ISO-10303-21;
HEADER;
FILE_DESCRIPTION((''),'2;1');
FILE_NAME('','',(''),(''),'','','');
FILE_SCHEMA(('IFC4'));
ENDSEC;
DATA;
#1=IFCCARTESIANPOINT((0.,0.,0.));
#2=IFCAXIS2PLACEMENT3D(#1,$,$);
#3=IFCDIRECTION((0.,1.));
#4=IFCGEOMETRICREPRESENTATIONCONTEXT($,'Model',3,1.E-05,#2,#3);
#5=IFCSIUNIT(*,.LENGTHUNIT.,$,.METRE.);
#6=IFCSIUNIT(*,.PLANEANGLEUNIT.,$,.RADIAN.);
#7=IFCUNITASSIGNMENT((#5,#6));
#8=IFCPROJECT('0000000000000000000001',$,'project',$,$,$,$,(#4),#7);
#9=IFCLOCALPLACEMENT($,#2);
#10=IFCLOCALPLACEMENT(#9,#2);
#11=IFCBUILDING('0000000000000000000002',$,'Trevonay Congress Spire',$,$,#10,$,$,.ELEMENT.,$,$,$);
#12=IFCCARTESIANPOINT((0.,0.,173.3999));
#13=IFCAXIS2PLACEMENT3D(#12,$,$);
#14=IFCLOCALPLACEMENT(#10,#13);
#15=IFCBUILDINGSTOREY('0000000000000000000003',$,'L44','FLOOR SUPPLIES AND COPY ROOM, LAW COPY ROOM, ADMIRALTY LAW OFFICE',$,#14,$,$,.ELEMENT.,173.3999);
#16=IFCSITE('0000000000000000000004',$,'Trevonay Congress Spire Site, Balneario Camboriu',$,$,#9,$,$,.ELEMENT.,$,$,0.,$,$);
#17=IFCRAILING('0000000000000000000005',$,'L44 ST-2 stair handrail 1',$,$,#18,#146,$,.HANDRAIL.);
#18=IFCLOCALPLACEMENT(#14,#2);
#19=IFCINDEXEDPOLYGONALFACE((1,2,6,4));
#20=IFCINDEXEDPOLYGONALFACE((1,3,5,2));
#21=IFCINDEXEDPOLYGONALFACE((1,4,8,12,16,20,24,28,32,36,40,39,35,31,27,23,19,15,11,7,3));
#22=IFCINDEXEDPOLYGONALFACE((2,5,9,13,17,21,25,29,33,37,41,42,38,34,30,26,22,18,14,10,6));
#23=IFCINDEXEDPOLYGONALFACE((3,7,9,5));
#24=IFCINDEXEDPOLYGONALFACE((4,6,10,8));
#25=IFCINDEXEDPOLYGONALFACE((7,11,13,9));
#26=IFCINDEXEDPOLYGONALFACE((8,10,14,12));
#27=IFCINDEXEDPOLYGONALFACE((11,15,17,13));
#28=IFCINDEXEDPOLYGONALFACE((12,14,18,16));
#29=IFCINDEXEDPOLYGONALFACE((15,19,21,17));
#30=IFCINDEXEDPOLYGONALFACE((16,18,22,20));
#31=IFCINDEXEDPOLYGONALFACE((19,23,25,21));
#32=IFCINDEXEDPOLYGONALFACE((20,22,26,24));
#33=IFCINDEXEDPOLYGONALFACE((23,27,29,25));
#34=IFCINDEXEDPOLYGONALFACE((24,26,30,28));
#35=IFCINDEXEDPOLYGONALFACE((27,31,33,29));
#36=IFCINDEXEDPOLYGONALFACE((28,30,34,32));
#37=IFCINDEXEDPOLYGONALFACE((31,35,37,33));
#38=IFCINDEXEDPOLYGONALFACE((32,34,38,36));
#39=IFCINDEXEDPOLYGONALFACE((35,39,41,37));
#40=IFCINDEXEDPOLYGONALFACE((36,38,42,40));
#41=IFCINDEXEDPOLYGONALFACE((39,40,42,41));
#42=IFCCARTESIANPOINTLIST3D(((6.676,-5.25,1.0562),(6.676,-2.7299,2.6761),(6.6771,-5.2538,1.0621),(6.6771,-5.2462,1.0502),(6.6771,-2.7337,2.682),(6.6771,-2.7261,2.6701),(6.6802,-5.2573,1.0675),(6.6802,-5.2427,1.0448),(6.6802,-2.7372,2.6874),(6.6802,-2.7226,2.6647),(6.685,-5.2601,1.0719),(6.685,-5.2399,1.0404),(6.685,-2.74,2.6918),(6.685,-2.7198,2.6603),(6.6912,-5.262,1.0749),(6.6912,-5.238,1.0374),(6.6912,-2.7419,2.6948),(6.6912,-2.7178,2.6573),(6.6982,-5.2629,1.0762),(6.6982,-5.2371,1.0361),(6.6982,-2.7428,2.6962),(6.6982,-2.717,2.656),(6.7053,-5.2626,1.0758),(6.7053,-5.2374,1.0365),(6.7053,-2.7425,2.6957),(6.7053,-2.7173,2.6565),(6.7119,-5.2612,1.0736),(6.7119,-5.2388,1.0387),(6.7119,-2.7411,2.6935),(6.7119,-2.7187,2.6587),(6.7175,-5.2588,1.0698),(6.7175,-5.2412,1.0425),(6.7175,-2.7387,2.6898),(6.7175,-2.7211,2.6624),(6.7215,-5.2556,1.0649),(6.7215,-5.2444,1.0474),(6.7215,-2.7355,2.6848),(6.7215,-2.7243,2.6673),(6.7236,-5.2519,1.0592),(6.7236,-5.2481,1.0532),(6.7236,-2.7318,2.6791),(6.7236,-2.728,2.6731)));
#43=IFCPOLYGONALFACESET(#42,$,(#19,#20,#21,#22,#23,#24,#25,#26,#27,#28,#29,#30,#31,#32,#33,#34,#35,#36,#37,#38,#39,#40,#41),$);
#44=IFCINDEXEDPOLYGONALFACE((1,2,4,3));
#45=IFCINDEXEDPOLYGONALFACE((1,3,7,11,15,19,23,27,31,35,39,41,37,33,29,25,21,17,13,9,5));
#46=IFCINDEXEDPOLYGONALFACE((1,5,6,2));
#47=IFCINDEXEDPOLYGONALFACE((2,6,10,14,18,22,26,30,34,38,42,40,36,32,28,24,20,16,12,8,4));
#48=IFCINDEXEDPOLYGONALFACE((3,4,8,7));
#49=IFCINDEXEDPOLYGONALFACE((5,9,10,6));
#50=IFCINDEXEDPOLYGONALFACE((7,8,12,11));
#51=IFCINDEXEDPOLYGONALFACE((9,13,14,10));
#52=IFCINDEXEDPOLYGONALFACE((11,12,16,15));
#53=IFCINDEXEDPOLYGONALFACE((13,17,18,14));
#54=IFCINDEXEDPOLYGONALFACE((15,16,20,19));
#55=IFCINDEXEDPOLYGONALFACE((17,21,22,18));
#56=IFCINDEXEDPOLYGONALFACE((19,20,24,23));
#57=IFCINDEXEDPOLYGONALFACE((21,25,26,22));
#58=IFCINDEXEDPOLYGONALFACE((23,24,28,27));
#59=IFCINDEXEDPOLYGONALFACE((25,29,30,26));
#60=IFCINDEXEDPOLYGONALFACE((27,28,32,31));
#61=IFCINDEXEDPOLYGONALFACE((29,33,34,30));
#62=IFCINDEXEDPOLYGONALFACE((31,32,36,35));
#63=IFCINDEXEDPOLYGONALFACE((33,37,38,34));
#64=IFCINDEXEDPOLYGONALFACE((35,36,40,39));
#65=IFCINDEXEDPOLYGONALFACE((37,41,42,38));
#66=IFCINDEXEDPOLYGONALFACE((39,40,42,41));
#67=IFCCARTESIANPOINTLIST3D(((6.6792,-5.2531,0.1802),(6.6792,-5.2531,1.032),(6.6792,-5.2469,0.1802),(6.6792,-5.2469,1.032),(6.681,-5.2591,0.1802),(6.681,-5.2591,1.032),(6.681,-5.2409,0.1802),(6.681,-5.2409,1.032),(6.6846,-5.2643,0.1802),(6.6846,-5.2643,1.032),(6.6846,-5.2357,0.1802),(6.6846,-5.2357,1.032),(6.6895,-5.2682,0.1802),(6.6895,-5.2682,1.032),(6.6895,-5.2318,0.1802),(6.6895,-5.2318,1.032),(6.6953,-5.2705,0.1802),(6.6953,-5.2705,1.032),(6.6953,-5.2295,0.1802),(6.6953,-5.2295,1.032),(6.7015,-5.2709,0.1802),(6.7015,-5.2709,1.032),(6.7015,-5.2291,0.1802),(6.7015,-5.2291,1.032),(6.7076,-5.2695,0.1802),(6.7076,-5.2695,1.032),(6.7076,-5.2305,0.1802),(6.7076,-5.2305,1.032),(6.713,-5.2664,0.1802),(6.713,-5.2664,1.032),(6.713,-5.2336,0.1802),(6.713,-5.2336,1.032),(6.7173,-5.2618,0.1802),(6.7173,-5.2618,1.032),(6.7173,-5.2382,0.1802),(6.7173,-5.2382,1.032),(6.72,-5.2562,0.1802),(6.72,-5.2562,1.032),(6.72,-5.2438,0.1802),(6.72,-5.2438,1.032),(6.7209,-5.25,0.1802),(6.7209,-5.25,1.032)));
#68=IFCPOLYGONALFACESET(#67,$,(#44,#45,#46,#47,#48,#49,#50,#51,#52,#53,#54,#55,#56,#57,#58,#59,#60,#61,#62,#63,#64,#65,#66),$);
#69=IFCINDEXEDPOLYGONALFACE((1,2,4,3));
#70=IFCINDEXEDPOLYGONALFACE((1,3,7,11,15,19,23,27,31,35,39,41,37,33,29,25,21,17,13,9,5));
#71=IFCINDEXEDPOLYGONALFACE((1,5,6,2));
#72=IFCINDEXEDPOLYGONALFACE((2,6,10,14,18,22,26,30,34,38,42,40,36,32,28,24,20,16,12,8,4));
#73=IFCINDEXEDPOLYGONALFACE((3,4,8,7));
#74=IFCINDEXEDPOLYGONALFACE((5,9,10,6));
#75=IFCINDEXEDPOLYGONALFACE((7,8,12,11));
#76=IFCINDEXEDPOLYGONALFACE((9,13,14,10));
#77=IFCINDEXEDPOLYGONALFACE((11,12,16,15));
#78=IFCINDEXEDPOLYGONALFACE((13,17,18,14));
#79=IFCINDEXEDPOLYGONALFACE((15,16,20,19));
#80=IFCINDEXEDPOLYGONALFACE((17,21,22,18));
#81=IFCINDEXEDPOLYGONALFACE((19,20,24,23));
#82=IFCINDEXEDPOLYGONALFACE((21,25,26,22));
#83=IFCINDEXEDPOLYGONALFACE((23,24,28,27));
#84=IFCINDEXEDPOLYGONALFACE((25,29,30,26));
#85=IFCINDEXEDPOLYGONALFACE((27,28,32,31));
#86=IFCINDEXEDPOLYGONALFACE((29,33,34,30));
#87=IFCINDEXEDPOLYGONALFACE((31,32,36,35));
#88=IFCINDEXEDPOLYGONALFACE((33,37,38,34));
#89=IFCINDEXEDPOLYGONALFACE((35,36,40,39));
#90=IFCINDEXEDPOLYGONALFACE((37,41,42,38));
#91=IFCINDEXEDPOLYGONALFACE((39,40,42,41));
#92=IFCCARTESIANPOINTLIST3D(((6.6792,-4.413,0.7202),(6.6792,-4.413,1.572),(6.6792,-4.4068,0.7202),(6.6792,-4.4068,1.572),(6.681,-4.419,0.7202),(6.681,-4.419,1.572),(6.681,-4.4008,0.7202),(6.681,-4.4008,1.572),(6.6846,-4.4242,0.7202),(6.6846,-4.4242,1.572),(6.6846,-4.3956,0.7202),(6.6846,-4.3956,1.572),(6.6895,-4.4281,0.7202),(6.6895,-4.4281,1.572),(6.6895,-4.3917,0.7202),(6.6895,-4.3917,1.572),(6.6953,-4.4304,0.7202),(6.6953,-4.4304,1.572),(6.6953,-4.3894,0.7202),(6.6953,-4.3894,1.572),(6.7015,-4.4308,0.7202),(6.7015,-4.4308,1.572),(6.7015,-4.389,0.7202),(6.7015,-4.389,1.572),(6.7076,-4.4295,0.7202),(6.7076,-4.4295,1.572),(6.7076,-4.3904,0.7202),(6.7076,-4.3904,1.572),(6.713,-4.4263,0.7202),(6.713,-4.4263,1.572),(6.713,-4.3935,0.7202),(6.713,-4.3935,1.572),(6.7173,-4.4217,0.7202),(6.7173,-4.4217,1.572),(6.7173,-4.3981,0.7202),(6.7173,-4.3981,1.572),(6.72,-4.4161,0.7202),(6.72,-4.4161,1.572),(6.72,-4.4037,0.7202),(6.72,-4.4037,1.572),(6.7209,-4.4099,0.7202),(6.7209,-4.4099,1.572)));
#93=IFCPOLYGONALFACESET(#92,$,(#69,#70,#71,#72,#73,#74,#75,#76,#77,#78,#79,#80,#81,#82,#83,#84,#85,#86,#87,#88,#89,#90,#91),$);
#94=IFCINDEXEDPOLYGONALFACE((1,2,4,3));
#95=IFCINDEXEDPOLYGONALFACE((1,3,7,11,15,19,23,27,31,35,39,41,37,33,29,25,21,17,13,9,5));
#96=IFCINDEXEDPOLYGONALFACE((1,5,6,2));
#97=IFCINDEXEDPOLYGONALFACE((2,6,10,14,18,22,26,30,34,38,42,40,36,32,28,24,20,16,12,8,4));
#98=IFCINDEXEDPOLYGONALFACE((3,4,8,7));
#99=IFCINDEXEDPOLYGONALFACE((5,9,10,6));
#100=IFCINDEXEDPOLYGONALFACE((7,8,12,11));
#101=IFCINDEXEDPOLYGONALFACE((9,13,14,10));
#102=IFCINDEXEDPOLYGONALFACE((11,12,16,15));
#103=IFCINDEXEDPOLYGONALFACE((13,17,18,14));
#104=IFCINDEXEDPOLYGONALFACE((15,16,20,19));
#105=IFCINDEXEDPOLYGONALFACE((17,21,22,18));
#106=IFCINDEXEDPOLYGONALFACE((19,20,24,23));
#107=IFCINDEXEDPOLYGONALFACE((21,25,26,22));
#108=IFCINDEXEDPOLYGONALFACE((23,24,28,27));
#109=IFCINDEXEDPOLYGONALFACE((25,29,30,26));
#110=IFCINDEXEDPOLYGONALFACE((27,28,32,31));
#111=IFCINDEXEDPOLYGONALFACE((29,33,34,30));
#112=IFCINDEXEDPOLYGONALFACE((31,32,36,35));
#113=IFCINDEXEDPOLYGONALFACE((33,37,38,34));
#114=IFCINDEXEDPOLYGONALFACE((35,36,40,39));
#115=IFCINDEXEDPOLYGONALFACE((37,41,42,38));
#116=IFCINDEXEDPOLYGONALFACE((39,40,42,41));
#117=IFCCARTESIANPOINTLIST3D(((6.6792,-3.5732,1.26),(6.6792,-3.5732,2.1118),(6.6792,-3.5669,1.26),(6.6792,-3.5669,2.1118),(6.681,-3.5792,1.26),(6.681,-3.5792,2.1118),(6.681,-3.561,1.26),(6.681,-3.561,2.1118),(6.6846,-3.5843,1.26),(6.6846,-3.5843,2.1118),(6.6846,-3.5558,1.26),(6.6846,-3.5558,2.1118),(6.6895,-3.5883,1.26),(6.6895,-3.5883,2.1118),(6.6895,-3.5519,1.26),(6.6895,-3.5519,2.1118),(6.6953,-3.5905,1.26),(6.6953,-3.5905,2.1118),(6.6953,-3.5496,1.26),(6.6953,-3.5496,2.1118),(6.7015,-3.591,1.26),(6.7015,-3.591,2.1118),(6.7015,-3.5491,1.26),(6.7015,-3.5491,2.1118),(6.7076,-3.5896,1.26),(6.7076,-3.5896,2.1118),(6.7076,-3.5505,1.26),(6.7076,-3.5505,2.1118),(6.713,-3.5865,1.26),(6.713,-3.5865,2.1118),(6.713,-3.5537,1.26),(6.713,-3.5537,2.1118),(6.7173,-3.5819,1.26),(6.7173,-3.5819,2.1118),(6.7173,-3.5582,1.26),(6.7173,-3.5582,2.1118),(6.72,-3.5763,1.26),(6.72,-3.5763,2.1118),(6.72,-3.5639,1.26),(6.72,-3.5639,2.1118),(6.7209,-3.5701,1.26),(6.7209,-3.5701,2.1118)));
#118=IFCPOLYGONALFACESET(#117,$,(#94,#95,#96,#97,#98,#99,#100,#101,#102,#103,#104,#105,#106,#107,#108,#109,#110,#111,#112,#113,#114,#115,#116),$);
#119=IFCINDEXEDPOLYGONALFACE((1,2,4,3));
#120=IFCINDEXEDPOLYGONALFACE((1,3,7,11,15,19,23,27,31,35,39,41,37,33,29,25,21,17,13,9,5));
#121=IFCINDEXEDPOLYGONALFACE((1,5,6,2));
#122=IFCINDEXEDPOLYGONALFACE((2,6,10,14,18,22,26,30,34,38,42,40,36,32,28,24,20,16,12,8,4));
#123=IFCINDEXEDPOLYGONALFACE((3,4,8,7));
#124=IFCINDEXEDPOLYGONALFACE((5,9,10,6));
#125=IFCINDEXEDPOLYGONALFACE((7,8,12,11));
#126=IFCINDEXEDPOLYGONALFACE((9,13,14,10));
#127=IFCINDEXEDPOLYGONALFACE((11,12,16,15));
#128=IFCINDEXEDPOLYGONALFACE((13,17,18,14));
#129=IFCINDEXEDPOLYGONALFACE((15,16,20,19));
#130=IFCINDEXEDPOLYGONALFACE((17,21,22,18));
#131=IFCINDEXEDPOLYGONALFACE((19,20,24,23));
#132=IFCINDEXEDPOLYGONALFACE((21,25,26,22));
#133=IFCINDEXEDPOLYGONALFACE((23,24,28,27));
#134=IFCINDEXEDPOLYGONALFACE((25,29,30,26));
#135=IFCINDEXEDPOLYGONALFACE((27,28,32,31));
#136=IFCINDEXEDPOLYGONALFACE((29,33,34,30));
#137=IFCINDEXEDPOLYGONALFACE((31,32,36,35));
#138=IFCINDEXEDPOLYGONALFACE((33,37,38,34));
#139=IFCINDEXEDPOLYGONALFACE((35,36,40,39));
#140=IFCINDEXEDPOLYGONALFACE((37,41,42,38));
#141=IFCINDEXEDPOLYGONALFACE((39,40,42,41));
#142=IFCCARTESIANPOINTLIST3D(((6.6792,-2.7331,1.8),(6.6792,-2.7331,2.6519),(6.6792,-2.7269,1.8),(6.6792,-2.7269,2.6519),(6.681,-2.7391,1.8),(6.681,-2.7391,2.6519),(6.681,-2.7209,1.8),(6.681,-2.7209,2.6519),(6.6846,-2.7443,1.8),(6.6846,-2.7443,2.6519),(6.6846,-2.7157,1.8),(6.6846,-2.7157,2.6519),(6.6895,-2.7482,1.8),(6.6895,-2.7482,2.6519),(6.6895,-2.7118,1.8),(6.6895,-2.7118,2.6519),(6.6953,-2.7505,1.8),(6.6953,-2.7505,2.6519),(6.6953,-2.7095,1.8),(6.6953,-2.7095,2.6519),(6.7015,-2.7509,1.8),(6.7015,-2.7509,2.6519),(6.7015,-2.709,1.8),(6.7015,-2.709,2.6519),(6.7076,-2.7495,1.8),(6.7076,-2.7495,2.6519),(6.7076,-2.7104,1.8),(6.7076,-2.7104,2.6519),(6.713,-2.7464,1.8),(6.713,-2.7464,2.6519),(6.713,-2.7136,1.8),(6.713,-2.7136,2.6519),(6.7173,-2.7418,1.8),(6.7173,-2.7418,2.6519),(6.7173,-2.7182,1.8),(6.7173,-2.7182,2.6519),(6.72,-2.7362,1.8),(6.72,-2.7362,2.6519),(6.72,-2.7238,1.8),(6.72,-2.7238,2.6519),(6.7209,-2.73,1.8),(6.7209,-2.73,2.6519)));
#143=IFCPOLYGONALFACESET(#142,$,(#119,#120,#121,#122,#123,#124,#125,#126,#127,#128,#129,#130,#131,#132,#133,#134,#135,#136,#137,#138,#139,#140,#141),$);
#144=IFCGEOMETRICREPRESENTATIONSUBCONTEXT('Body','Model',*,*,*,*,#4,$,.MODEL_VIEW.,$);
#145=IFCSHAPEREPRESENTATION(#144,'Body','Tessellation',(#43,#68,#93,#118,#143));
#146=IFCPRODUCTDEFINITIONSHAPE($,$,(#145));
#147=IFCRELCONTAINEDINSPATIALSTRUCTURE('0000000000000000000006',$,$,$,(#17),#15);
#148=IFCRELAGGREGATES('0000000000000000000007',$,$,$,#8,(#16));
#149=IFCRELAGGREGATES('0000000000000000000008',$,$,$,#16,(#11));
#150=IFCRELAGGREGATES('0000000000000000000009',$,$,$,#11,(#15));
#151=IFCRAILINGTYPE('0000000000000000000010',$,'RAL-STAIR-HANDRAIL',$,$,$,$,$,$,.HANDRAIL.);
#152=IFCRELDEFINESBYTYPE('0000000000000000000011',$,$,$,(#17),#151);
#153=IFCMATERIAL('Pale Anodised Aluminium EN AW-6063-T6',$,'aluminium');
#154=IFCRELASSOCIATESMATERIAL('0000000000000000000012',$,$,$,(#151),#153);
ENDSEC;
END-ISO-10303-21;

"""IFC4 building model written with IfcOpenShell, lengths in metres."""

from ifc_helpers import new_model, si_unit, direction, frame, origin, origin_2d, place, context, subcontext, project, spatial, circle, extrude, material, type_object, element, save


model = new_model("IFC4")

# Units and contexts
model_context = context("Model", 3, precision=1e-05, world=origin(), true_north=direction((0.0, 1.0)))
body_context = subcontext(model_context, "Body", "Model", "MODEL_VIEW")
ifc_project = project(units=[si_unit("LENGTHUNIT", "METRE"), si_unit("PLANEANGLEUNIT", "RADIAN")], contexts=[model_context])

# Site, building, storey
site_placement = place(None, origin())
site = spatial("IfcSite", under=ifc_project, at=site_placement, Name="Trevonay Congress Spire Site, Balneario Camboriu", CompositionType="ELEMENT", RefElevation=0.0)
building_placement = place(site_placement, origin())
building = spatial("IfcBuilding", under=site, at=building_placement, Name="Trevonay Congress Spire", CompositionType="ELEMENT")
storey_placement = place(building_placement, frame((0.0, 0.0, 173.3999)))
storey = spatial("IfcBuildingStorey", under=building, at=storey_placement, Name="L44", Description="FLOOR SUPPLIES AND COPY ROOM, LAW COPY ROOM, ADMIRALTY LAW OFFICE", CompositionType="ELEMENT", Elevation=173.3999)

# Railing
ifc_material_1 = material(Name="Pale Anodised Aluminium EN AW-6063-T6", Category="aluminium")
railing_type_1 = type_object("IfcRailingType", Name="RAL-STAIR-HANDRAIL", PredefinedType="HANDRAIL", material=ifc_material_1)
railing_1_placement = place(storey_placement, frame((6.7, -5.25, 0.1802)))
element("IfcRailing", 1, at=railing_1_placement, inside=storey, type_object=railing_type_1, Name="L44 ST-2 stair handrail 1", PredefinedType="HANDRAIL", context=body_context, shape_type="SweptSolid", body=[
    extrude(circle(Radius=0.0239, at=origin_2d()), frame((0.0, 0.0, 0.876), z_axis=(0.0, 0.8412, 0.540725), x_axis=(-1.0, 0.0, 0.0)), (0.0, 0.0, 1.0), 2.9958),
    extrude(circle(Radius=0.021, at=origin_2d()), origin(), (0.0, 0.0, 1.0), 0.8518),
    extrude(circle(Radius=0.021, at=origin_2d()), frame((0.0, 0.8401, 0.54)), (0.0, 0.0, 1.0), 0.8518),
    extrude(circle(Radius=0.021, at=origin_2d()), frame((0.0, 1.6799, 1.0798)), (0.0, 0.0, 1.0), 0.8518),
    extrude(circle(Radius=0.021, at=origin_2d()), frame((0.0, 2.52, 1.6199)), (0.0, 0.0, 1.0), 0.8518),
])

save(model, "model.ifc")
